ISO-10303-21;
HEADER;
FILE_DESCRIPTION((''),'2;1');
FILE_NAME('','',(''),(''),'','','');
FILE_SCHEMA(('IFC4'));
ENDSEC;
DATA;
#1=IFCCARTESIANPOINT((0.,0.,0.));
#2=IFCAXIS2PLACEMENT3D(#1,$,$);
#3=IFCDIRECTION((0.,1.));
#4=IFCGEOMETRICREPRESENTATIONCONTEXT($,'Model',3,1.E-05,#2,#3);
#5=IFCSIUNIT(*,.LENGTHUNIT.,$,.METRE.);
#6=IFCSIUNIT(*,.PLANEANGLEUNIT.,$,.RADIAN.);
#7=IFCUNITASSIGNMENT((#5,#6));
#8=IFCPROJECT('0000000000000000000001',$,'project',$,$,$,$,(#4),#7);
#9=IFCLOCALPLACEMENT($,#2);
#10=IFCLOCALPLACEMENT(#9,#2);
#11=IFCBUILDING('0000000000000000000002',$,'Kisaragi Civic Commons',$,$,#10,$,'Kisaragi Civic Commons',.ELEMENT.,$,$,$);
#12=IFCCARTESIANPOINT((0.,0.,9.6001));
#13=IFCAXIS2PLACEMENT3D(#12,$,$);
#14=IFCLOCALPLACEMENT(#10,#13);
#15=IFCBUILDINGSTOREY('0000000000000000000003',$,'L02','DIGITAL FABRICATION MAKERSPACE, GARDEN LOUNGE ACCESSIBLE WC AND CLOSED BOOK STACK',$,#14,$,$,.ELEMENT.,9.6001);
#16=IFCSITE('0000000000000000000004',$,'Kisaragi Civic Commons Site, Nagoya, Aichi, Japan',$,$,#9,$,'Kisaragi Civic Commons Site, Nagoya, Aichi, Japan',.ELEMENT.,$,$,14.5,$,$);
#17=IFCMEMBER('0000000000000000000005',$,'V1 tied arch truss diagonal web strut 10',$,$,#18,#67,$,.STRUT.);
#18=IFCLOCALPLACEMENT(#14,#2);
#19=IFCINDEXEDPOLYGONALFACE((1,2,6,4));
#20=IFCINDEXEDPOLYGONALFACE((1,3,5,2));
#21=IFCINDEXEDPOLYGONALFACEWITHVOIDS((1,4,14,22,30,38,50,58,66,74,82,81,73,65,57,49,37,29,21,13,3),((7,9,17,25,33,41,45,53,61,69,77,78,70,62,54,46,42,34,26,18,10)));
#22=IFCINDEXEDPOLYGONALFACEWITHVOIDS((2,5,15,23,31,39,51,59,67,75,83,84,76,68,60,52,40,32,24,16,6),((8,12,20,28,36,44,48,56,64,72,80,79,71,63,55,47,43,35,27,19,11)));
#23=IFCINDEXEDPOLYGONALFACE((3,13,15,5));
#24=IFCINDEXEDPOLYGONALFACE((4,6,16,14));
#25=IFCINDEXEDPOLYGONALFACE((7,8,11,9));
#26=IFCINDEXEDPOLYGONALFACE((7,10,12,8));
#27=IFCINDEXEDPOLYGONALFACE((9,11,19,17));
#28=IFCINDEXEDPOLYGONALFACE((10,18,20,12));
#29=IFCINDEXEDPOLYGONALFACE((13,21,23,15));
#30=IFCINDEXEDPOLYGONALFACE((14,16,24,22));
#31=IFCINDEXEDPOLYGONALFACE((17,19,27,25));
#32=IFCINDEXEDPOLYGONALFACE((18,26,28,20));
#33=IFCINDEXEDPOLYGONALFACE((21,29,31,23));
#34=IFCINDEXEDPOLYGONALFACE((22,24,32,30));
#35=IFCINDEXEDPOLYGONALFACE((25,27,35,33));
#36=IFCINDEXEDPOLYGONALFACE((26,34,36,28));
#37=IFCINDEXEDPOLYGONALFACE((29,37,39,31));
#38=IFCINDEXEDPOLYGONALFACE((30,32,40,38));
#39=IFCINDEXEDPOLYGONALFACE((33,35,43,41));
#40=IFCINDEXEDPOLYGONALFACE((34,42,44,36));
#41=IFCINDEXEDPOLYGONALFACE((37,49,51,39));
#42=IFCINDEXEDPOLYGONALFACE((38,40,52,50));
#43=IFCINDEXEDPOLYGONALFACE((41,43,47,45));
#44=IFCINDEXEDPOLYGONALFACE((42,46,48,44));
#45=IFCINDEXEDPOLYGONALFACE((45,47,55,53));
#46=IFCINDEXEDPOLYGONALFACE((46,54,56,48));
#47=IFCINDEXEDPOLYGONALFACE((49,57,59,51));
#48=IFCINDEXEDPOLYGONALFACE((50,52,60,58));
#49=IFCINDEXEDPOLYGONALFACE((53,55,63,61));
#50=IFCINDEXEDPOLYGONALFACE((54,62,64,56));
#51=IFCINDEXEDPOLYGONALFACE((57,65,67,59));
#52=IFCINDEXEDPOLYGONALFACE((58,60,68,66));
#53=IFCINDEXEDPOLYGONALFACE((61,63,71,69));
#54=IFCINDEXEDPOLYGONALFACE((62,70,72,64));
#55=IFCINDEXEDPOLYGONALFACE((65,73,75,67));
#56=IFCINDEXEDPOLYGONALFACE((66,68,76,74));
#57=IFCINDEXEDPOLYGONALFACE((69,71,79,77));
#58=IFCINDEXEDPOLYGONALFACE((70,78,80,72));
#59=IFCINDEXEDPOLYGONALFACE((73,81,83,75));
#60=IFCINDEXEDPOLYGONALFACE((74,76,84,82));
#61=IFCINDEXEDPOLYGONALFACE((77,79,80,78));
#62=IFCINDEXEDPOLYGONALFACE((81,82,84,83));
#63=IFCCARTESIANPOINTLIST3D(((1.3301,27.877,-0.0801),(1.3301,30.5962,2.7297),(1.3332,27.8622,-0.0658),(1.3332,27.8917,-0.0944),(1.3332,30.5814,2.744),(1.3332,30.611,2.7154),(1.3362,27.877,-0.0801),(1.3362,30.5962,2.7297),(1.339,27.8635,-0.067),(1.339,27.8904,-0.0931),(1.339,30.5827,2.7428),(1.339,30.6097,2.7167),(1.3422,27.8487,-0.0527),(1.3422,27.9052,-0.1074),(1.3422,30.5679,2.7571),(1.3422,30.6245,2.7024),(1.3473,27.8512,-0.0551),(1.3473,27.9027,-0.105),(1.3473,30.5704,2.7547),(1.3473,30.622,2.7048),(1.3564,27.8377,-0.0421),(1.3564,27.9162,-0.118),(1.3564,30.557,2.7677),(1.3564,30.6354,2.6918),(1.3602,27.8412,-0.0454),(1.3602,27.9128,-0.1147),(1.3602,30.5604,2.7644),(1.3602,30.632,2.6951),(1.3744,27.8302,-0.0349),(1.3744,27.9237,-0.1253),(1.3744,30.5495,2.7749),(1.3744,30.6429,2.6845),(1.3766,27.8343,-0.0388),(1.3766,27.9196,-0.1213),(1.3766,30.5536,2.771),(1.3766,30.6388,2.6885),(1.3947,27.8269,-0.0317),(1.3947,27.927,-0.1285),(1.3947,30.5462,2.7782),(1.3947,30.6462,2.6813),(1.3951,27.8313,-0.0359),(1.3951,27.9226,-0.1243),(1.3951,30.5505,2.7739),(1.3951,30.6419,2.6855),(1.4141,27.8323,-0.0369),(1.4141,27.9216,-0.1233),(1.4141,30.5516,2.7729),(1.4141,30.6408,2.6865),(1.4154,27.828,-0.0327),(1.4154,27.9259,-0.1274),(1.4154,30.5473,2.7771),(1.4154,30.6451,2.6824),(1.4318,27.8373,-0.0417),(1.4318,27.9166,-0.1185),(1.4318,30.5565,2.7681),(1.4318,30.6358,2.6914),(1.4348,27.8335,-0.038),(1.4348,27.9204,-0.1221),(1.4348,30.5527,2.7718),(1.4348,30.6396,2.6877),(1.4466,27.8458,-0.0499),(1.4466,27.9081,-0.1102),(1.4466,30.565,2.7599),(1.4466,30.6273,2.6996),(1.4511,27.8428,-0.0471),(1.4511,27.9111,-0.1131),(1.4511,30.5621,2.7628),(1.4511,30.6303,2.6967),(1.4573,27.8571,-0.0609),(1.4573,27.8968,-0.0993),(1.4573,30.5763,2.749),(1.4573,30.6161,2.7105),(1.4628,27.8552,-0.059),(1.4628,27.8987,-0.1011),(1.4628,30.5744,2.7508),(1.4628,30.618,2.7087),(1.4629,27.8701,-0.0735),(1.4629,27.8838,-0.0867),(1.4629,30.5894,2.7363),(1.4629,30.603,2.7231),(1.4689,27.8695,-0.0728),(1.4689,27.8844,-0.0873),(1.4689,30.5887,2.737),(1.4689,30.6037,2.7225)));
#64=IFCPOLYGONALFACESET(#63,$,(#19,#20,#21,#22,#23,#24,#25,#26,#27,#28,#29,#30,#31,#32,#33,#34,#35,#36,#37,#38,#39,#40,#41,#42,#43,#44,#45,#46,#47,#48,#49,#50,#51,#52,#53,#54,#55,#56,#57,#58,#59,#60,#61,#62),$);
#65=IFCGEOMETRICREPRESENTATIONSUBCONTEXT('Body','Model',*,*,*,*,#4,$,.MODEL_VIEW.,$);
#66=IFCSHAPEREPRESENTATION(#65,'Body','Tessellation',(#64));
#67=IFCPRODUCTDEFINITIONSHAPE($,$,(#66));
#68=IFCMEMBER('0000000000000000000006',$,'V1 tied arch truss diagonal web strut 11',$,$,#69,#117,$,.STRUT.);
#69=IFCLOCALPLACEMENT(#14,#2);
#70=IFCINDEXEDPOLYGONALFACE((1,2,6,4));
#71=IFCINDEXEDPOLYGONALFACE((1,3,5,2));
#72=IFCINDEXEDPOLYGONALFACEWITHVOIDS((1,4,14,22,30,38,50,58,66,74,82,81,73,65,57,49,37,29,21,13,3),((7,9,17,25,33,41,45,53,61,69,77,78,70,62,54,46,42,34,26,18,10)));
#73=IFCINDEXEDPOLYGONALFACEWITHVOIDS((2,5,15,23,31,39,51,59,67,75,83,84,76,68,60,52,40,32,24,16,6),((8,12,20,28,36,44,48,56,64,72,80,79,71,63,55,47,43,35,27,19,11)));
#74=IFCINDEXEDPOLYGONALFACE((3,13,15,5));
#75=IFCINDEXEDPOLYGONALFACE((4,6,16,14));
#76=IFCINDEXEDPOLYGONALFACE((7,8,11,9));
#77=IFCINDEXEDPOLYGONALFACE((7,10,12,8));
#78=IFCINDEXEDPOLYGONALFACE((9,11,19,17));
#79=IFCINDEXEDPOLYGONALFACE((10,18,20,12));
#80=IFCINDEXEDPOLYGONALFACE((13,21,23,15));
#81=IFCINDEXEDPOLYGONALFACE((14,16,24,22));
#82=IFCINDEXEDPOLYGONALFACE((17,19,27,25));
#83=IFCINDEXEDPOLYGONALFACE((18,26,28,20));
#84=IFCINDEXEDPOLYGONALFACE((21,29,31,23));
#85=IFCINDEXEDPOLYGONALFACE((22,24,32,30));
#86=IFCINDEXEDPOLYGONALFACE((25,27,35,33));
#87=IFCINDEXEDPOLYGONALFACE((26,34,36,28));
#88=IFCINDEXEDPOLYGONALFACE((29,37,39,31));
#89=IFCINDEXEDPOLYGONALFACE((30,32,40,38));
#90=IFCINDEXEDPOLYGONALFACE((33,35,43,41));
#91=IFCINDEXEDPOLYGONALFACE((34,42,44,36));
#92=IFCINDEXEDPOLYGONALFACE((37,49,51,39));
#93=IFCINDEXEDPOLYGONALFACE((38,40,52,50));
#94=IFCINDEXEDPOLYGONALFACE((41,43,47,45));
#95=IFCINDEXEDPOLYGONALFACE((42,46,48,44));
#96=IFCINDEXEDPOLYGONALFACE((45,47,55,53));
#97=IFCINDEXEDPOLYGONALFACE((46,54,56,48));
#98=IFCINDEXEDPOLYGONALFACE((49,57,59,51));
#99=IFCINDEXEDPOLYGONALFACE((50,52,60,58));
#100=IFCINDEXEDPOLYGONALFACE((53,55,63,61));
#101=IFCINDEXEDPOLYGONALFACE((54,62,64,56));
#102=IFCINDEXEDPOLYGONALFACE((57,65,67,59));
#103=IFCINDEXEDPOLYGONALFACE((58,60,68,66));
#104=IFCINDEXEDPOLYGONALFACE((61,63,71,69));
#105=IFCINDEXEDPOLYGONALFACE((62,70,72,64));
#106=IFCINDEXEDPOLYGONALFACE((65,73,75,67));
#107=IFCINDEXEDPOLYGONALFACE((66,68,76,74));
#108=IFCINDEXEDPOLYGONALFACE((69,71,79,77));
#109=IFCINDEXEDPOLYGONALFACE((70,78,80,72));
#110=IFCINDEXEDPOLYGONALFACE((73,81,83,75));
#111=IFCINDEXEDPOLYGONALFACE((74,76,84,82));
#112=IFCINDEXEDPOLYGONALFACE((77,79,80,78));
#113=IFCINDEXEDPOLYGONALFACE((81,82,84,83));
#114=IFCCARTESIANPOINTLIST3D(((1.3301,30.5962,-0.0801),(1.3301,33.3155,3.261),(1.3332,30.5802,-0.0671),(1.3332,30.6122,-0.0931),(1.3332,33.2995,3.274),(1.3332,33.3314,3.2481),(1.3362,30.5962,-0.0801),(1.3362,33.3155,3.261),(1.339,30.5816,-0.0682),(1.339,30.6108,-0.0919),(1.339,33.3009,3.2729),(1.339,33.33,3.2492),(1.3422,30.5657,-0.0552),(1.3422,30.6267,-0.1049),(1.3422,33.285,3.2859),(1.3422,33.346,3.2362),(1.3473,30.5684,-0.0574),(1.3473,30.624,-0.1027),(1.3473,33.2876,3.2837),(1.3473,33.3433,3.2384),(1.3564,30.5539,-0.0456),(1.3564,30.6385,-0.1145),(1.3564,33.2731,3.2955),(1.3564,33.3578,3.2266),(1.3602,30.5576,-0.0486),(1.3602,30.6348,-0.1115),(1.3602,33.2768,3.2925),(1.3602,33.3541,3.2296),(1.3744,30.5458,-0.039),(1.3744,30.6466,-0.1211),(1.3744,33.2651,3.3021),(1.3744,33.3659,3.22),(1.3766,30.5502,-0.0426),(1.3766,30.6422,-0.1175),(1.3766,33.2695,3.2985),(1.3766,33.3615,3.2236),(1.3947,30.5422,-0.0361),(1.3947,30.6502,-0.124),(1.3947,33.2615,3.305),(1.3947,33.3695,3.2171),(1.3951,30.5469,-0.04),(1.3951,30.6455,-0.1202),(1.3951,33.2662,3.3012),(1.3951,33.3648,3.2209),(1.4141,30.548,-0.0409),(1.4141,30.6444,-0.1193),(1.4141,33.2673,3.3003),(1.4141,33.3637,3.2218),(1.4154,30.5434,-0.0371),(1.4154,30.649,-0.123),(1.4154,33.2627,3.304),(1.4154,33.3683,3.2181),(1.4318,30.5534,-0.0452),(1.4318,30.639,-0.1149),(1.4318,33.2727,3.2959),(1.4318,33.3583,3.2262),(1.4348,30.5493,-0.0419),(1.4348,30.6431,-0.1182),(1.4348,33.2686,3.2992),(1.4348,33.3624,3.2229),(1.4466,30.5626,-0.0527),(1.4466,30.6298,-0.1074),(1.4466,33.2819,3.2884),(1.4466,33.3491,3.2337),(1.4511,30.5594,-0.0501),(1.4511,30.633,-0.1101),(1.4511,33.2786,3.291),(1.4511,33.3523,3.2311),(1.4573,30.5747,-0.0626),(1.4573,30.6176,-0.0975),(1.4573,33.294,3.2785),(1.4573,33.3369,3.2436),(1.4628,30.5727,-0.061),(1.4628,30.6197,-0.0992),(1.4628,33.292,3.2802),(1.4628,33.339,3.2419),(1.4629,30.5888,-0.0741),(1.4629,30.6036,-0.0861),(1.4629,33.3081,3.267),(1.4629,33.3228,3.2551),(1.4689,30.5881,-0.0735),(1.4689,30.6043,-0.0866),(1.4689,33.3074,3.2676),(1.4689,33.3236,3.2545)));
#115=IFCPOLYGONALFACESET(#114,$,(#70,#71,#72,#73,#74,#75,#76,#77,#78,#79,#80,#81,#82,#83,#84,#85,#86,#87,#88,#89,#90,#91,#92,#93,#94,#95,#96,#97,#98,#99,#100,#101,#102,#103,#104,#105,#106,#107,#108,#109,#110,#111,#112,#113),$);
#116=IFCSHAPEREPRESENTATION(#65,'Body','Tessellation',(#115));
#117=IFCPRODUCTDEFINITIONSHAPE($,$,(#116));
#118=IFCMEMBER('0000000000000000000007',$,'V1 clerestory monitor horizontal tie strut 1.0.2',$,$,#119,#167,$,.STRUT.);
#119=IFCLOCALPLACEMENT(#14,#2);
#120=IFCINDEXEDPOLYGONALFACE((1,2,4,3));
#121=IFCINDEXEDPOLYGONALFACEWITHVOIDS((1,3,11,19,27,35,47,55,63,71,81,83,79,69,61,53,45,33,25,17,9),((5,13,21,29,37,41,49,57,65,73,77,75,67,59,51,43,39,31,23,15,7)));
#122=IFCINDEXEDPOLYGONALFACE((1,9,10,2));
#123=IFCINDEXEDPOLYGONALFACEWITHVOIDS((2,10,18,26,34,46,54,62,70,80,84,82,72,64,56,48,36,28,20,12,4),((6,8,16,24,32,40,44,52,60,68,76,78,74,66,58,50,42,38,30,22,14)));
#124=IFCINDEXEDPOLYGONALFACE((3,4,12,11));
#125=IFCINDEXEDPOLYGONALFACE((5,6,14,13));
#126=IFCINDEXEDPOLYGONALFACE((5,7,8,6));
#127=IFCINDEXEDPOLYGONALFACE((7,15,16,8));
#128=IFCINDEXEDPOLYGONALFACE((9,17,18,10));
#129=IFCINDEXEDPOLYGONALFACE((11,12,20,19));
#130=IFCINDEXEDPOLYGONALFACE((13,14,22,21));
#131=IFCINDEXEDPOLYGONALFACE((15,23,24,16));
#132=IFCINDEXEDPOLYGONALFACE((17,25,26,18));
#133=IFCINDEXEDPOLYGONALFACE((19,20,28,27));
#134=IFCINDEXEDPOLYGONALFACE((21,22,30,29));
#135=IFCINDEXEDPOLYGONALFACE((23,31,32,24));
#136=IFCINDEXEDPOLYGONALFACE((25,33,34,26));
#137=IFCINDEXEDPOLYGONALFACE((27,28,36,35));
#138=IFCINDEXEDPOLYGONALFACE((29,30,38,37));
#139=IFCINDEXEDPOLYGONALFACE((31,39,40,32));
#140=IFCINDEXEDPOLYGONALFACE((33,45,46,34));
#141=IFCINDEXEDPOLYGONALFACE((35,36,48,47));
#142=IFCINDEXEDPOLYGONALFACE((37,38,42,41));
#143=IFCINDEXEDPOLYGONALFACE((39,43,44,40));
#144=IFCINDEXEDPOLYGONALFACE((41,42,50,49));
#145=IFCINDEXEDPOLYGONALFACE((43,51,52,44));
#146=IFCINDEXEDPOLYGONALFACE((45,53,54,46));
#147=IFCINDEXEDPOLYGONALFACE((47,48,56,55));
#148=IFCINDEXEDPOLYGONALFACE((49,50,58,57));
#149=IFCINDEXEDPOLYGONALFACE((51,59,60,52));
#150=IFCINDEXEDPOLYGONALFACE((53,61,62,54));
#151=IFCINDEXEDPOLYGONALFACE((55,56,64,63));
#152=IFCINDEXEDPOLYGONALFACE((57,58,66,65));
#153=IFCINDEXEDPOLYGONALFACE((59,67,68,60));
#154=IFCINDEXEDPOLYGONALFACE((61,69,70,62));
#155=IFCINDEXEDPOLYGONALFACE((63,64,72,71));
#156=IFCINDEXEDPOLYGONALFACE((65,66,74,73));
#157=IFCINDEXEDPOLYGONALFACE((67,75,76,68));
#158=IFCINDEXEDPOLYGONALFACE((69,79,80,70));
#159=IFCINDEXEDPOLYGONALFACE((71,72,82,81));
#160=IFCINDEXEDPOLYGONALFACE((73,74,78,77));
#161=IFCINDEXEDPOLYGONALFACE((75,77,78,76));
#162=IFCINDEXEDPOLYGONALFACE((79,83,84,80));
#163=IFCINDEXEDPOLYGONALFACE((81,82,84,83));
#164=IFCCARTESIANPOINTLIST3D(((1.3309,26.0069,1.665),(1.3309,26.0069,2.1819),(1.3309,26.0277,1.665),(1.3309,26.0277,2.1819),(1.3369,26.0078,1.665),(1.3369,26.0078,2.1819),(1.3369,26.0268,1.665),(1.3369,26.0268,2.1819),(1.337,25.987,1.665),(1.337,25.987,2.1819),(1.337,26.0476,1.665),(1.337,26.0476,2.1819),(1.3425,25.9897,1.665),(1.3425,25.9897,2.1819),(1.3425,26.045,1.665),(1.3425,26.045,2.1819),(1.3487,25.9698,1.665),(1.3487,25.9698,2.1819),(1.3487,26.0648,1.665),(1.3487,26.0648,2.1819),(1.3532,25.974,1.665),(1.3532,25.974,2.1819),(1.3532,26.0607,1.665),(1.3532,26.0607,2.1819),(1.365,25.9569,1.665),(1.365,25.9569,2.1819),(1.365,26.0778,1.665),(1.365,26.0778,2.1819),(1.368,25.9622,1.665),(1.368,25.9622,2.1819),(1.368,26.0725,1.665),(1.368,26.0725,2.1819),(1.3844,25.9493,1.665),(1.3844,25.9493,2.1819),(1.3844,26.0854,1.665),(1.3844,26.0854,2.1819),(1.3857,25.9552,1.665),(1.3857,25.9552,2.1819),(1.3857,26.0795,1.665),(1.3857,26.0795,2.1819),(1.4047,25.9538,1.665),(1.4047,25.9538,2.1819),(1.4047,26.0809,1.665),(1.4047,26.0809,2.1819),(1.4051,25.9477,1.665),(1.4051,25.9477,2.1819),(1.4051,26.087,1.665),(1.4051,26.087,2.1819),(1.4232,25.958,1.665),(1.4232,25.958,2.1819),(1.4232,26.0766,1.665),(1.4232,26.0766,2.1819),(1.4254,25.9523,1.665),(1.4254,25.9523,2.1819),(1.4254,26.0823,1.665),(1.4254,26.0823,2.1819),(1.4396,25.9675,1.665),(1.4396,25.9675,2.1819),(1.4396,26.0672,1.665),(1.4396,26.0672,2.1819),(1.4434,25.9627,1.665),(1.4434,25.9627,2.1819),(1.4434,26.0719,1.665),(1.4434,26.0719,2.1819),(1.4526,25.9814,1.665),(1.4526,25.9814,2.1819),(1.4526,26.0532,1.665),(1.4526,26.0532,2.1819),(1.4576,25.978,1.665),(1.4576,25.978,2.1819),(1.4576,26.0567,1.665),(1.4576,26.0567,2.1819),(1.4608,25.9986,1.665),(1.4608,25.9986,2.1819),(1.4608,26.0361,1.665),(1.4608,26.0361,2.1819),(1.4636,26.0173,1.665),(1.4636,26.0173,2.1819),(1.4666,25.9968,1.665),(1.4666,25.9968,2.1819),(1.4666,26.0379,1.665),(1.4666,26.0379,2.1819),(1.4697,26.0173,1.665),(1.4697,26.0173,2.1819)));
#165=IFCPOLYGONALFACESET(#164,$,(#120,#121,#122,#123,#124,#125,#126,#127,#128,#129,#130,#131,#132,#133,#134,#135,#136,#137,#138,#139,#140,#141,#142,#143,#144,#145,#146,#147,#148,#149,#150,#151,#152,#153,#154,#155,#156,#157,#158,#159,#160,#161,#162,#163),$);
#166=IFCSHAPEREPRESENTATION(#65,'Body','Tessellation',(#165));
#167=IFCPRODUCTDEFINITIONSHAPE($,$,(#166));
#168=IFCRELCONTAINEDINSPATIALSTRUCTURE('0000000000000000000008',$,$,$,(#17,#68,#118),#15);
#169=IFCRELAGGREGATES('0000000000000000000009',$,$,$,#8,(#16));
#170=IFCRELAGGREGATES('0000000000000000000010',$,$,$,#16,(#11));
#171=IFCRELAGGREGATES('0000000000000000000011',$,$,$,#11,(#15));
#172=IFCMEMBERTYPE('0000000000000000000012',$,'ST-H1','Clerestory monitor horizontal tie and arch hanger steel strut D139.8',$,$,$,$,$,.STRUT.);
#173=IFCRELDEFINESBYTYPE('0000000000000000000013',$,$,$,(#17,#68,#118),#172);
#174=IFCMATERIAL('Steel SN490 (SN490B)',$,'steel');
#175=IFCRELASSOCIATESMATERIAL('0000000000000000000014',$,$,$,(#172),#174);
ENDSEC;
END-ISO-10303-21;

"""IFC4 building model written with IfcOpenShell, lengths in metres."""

from ifc_helpers import new_model, si_unit, direction, frame, origin, origin_2d, place, context, subcontext, project, spatial, hollow_circle, extrude, material, material_profile, profile_set, type_object, element, save


model = new_model("IFC4")

# Units and contexts
model_context = context("Model", 3, precision=1e-05, world=origin(), true_north=direction((0.0, 1.0)))
body_context = subcontext(model_context, "Body", "Model", "MODEL_VIEW")
ifc_project = project(units=[si_unit("LENGTHUNIT", "METRE"), si_unit("PLANEANGLEUNIT", "RADIAN")], contexts=[model_context])

# Site, building, storey
site_placement = place(None, origin())
site = spatial("IfcSite", under=ifc_project, at=site_placement, Name="Kisaragi Civic Commons Site, Nagoya, Aichi, Japan", LongName="Kisaragi Civic Commons Site, Nagoya, Aichi, Japan", CompositionType="ELEMENT", RefElevation=14.5)
building_placement = place(site_placement, origin())
building = spatial("IfcBuilding", under=site, at=building_placement, Name="Kisaragi Civic Commons", LongName="Kisaragi Civic Commons", CompositionType="ELEMENT")
storey_placement = place(building_placement, frame((0.0, 0.0, 9.6001)))
storey = spatial("IfcBuildingStorey", under=building, at=storey_placement, Name="L02", Description="DIGITAL FABRICATION MAKERSPACE, GARDEN LOUNGE ACCESSIBLE WC AND CLOSED BOOK STACK", CompositionType="ELEMENT", Elevation=9.6001)

# Members
ifc_material_1 = material(Name="Steel SN490 (SN490B)", Category="steel")
ifc_material_profile_1 = material_profile(ifc_material_1, hollow_circle(Radius=0.0698, WallThickness=0.0061, at=origin_2d()), Name="CHS-139.8x6.0", Category="steel")
ifc_profile_set_1 = profile_set([ifc_material_profile_1], Name="Steel SN490 (SN490B)")
member_type_1 = type_object("IfcMemberType", Name="ST-H1", Description="Clerestory monitor horizontal tie and arch hanger steel strut D139.8", PredefinedType="STRUT", material=ifc_profile_set_1)
member_1_placement = place(storey_placement, frame((1.3999, 27.877, -0.0801), z_axis=(0.0, 0.69543, 0.718594), x_axis=(-1.0, 0.0, 0.0)))
element("IfcMember", 1, at=member_1_placement, inside=storey, type_object=member_type_1, Name="V1 tied arch truss diagonal web strut 10", PredefinedType="STRUT", context=body_context, shape_type="SweptSolid", body=[
    extrude(hollow_circle(Radius=0.0698, WallThickness=0.0061, at=origin_2d()), origin(), (0.0, 0.0, 1.0), 3.9102),
])
member_2_placement = place(storey_placement, frame((1.3999, 30.5962, -0.0801), z_axis=(0.0, 0.631239, 0.775588), x_axis=(-1.0, 0.0, 0.0)))
element("IfcMember", 2, at=member_2_placement, inside=storey, type_object=member_type_1, Name="V1 tied arch truss diagonal web strut 11", PredefinedType="STRUT", context=body_context, shape_type="SweptSolid", body=[
    extrude(hollow_circle(Radius=0.0698, WallThickness=0.0061, at=origin_2d()), origin(), (0.0, 0.0, 1.0), 4.3079),
])
member_3_placement = place(storey_placement, frame((1.3999, 26.0173, 1.665), z_axis=(0.0, 0.0, 1.0), x_axis=(1.0, 0.0, 0.0)))
element("IfcMember", 3, at=member_3_placement, inside=storey, type_object=member_type_1, Name="V1 clerestory monitor horizontal tie strut 1.0.2", PredefinedType="STRUT", context=body_context, shape_type="SweptSolid", body=[
    extrude(hollow_circle(Radius=0.0698, WallThickness=0.0061, at=origin_2d()), origin(), (0.0, 0.0, 1.0), 0.5168),
])

save(model, "model.ifc")
